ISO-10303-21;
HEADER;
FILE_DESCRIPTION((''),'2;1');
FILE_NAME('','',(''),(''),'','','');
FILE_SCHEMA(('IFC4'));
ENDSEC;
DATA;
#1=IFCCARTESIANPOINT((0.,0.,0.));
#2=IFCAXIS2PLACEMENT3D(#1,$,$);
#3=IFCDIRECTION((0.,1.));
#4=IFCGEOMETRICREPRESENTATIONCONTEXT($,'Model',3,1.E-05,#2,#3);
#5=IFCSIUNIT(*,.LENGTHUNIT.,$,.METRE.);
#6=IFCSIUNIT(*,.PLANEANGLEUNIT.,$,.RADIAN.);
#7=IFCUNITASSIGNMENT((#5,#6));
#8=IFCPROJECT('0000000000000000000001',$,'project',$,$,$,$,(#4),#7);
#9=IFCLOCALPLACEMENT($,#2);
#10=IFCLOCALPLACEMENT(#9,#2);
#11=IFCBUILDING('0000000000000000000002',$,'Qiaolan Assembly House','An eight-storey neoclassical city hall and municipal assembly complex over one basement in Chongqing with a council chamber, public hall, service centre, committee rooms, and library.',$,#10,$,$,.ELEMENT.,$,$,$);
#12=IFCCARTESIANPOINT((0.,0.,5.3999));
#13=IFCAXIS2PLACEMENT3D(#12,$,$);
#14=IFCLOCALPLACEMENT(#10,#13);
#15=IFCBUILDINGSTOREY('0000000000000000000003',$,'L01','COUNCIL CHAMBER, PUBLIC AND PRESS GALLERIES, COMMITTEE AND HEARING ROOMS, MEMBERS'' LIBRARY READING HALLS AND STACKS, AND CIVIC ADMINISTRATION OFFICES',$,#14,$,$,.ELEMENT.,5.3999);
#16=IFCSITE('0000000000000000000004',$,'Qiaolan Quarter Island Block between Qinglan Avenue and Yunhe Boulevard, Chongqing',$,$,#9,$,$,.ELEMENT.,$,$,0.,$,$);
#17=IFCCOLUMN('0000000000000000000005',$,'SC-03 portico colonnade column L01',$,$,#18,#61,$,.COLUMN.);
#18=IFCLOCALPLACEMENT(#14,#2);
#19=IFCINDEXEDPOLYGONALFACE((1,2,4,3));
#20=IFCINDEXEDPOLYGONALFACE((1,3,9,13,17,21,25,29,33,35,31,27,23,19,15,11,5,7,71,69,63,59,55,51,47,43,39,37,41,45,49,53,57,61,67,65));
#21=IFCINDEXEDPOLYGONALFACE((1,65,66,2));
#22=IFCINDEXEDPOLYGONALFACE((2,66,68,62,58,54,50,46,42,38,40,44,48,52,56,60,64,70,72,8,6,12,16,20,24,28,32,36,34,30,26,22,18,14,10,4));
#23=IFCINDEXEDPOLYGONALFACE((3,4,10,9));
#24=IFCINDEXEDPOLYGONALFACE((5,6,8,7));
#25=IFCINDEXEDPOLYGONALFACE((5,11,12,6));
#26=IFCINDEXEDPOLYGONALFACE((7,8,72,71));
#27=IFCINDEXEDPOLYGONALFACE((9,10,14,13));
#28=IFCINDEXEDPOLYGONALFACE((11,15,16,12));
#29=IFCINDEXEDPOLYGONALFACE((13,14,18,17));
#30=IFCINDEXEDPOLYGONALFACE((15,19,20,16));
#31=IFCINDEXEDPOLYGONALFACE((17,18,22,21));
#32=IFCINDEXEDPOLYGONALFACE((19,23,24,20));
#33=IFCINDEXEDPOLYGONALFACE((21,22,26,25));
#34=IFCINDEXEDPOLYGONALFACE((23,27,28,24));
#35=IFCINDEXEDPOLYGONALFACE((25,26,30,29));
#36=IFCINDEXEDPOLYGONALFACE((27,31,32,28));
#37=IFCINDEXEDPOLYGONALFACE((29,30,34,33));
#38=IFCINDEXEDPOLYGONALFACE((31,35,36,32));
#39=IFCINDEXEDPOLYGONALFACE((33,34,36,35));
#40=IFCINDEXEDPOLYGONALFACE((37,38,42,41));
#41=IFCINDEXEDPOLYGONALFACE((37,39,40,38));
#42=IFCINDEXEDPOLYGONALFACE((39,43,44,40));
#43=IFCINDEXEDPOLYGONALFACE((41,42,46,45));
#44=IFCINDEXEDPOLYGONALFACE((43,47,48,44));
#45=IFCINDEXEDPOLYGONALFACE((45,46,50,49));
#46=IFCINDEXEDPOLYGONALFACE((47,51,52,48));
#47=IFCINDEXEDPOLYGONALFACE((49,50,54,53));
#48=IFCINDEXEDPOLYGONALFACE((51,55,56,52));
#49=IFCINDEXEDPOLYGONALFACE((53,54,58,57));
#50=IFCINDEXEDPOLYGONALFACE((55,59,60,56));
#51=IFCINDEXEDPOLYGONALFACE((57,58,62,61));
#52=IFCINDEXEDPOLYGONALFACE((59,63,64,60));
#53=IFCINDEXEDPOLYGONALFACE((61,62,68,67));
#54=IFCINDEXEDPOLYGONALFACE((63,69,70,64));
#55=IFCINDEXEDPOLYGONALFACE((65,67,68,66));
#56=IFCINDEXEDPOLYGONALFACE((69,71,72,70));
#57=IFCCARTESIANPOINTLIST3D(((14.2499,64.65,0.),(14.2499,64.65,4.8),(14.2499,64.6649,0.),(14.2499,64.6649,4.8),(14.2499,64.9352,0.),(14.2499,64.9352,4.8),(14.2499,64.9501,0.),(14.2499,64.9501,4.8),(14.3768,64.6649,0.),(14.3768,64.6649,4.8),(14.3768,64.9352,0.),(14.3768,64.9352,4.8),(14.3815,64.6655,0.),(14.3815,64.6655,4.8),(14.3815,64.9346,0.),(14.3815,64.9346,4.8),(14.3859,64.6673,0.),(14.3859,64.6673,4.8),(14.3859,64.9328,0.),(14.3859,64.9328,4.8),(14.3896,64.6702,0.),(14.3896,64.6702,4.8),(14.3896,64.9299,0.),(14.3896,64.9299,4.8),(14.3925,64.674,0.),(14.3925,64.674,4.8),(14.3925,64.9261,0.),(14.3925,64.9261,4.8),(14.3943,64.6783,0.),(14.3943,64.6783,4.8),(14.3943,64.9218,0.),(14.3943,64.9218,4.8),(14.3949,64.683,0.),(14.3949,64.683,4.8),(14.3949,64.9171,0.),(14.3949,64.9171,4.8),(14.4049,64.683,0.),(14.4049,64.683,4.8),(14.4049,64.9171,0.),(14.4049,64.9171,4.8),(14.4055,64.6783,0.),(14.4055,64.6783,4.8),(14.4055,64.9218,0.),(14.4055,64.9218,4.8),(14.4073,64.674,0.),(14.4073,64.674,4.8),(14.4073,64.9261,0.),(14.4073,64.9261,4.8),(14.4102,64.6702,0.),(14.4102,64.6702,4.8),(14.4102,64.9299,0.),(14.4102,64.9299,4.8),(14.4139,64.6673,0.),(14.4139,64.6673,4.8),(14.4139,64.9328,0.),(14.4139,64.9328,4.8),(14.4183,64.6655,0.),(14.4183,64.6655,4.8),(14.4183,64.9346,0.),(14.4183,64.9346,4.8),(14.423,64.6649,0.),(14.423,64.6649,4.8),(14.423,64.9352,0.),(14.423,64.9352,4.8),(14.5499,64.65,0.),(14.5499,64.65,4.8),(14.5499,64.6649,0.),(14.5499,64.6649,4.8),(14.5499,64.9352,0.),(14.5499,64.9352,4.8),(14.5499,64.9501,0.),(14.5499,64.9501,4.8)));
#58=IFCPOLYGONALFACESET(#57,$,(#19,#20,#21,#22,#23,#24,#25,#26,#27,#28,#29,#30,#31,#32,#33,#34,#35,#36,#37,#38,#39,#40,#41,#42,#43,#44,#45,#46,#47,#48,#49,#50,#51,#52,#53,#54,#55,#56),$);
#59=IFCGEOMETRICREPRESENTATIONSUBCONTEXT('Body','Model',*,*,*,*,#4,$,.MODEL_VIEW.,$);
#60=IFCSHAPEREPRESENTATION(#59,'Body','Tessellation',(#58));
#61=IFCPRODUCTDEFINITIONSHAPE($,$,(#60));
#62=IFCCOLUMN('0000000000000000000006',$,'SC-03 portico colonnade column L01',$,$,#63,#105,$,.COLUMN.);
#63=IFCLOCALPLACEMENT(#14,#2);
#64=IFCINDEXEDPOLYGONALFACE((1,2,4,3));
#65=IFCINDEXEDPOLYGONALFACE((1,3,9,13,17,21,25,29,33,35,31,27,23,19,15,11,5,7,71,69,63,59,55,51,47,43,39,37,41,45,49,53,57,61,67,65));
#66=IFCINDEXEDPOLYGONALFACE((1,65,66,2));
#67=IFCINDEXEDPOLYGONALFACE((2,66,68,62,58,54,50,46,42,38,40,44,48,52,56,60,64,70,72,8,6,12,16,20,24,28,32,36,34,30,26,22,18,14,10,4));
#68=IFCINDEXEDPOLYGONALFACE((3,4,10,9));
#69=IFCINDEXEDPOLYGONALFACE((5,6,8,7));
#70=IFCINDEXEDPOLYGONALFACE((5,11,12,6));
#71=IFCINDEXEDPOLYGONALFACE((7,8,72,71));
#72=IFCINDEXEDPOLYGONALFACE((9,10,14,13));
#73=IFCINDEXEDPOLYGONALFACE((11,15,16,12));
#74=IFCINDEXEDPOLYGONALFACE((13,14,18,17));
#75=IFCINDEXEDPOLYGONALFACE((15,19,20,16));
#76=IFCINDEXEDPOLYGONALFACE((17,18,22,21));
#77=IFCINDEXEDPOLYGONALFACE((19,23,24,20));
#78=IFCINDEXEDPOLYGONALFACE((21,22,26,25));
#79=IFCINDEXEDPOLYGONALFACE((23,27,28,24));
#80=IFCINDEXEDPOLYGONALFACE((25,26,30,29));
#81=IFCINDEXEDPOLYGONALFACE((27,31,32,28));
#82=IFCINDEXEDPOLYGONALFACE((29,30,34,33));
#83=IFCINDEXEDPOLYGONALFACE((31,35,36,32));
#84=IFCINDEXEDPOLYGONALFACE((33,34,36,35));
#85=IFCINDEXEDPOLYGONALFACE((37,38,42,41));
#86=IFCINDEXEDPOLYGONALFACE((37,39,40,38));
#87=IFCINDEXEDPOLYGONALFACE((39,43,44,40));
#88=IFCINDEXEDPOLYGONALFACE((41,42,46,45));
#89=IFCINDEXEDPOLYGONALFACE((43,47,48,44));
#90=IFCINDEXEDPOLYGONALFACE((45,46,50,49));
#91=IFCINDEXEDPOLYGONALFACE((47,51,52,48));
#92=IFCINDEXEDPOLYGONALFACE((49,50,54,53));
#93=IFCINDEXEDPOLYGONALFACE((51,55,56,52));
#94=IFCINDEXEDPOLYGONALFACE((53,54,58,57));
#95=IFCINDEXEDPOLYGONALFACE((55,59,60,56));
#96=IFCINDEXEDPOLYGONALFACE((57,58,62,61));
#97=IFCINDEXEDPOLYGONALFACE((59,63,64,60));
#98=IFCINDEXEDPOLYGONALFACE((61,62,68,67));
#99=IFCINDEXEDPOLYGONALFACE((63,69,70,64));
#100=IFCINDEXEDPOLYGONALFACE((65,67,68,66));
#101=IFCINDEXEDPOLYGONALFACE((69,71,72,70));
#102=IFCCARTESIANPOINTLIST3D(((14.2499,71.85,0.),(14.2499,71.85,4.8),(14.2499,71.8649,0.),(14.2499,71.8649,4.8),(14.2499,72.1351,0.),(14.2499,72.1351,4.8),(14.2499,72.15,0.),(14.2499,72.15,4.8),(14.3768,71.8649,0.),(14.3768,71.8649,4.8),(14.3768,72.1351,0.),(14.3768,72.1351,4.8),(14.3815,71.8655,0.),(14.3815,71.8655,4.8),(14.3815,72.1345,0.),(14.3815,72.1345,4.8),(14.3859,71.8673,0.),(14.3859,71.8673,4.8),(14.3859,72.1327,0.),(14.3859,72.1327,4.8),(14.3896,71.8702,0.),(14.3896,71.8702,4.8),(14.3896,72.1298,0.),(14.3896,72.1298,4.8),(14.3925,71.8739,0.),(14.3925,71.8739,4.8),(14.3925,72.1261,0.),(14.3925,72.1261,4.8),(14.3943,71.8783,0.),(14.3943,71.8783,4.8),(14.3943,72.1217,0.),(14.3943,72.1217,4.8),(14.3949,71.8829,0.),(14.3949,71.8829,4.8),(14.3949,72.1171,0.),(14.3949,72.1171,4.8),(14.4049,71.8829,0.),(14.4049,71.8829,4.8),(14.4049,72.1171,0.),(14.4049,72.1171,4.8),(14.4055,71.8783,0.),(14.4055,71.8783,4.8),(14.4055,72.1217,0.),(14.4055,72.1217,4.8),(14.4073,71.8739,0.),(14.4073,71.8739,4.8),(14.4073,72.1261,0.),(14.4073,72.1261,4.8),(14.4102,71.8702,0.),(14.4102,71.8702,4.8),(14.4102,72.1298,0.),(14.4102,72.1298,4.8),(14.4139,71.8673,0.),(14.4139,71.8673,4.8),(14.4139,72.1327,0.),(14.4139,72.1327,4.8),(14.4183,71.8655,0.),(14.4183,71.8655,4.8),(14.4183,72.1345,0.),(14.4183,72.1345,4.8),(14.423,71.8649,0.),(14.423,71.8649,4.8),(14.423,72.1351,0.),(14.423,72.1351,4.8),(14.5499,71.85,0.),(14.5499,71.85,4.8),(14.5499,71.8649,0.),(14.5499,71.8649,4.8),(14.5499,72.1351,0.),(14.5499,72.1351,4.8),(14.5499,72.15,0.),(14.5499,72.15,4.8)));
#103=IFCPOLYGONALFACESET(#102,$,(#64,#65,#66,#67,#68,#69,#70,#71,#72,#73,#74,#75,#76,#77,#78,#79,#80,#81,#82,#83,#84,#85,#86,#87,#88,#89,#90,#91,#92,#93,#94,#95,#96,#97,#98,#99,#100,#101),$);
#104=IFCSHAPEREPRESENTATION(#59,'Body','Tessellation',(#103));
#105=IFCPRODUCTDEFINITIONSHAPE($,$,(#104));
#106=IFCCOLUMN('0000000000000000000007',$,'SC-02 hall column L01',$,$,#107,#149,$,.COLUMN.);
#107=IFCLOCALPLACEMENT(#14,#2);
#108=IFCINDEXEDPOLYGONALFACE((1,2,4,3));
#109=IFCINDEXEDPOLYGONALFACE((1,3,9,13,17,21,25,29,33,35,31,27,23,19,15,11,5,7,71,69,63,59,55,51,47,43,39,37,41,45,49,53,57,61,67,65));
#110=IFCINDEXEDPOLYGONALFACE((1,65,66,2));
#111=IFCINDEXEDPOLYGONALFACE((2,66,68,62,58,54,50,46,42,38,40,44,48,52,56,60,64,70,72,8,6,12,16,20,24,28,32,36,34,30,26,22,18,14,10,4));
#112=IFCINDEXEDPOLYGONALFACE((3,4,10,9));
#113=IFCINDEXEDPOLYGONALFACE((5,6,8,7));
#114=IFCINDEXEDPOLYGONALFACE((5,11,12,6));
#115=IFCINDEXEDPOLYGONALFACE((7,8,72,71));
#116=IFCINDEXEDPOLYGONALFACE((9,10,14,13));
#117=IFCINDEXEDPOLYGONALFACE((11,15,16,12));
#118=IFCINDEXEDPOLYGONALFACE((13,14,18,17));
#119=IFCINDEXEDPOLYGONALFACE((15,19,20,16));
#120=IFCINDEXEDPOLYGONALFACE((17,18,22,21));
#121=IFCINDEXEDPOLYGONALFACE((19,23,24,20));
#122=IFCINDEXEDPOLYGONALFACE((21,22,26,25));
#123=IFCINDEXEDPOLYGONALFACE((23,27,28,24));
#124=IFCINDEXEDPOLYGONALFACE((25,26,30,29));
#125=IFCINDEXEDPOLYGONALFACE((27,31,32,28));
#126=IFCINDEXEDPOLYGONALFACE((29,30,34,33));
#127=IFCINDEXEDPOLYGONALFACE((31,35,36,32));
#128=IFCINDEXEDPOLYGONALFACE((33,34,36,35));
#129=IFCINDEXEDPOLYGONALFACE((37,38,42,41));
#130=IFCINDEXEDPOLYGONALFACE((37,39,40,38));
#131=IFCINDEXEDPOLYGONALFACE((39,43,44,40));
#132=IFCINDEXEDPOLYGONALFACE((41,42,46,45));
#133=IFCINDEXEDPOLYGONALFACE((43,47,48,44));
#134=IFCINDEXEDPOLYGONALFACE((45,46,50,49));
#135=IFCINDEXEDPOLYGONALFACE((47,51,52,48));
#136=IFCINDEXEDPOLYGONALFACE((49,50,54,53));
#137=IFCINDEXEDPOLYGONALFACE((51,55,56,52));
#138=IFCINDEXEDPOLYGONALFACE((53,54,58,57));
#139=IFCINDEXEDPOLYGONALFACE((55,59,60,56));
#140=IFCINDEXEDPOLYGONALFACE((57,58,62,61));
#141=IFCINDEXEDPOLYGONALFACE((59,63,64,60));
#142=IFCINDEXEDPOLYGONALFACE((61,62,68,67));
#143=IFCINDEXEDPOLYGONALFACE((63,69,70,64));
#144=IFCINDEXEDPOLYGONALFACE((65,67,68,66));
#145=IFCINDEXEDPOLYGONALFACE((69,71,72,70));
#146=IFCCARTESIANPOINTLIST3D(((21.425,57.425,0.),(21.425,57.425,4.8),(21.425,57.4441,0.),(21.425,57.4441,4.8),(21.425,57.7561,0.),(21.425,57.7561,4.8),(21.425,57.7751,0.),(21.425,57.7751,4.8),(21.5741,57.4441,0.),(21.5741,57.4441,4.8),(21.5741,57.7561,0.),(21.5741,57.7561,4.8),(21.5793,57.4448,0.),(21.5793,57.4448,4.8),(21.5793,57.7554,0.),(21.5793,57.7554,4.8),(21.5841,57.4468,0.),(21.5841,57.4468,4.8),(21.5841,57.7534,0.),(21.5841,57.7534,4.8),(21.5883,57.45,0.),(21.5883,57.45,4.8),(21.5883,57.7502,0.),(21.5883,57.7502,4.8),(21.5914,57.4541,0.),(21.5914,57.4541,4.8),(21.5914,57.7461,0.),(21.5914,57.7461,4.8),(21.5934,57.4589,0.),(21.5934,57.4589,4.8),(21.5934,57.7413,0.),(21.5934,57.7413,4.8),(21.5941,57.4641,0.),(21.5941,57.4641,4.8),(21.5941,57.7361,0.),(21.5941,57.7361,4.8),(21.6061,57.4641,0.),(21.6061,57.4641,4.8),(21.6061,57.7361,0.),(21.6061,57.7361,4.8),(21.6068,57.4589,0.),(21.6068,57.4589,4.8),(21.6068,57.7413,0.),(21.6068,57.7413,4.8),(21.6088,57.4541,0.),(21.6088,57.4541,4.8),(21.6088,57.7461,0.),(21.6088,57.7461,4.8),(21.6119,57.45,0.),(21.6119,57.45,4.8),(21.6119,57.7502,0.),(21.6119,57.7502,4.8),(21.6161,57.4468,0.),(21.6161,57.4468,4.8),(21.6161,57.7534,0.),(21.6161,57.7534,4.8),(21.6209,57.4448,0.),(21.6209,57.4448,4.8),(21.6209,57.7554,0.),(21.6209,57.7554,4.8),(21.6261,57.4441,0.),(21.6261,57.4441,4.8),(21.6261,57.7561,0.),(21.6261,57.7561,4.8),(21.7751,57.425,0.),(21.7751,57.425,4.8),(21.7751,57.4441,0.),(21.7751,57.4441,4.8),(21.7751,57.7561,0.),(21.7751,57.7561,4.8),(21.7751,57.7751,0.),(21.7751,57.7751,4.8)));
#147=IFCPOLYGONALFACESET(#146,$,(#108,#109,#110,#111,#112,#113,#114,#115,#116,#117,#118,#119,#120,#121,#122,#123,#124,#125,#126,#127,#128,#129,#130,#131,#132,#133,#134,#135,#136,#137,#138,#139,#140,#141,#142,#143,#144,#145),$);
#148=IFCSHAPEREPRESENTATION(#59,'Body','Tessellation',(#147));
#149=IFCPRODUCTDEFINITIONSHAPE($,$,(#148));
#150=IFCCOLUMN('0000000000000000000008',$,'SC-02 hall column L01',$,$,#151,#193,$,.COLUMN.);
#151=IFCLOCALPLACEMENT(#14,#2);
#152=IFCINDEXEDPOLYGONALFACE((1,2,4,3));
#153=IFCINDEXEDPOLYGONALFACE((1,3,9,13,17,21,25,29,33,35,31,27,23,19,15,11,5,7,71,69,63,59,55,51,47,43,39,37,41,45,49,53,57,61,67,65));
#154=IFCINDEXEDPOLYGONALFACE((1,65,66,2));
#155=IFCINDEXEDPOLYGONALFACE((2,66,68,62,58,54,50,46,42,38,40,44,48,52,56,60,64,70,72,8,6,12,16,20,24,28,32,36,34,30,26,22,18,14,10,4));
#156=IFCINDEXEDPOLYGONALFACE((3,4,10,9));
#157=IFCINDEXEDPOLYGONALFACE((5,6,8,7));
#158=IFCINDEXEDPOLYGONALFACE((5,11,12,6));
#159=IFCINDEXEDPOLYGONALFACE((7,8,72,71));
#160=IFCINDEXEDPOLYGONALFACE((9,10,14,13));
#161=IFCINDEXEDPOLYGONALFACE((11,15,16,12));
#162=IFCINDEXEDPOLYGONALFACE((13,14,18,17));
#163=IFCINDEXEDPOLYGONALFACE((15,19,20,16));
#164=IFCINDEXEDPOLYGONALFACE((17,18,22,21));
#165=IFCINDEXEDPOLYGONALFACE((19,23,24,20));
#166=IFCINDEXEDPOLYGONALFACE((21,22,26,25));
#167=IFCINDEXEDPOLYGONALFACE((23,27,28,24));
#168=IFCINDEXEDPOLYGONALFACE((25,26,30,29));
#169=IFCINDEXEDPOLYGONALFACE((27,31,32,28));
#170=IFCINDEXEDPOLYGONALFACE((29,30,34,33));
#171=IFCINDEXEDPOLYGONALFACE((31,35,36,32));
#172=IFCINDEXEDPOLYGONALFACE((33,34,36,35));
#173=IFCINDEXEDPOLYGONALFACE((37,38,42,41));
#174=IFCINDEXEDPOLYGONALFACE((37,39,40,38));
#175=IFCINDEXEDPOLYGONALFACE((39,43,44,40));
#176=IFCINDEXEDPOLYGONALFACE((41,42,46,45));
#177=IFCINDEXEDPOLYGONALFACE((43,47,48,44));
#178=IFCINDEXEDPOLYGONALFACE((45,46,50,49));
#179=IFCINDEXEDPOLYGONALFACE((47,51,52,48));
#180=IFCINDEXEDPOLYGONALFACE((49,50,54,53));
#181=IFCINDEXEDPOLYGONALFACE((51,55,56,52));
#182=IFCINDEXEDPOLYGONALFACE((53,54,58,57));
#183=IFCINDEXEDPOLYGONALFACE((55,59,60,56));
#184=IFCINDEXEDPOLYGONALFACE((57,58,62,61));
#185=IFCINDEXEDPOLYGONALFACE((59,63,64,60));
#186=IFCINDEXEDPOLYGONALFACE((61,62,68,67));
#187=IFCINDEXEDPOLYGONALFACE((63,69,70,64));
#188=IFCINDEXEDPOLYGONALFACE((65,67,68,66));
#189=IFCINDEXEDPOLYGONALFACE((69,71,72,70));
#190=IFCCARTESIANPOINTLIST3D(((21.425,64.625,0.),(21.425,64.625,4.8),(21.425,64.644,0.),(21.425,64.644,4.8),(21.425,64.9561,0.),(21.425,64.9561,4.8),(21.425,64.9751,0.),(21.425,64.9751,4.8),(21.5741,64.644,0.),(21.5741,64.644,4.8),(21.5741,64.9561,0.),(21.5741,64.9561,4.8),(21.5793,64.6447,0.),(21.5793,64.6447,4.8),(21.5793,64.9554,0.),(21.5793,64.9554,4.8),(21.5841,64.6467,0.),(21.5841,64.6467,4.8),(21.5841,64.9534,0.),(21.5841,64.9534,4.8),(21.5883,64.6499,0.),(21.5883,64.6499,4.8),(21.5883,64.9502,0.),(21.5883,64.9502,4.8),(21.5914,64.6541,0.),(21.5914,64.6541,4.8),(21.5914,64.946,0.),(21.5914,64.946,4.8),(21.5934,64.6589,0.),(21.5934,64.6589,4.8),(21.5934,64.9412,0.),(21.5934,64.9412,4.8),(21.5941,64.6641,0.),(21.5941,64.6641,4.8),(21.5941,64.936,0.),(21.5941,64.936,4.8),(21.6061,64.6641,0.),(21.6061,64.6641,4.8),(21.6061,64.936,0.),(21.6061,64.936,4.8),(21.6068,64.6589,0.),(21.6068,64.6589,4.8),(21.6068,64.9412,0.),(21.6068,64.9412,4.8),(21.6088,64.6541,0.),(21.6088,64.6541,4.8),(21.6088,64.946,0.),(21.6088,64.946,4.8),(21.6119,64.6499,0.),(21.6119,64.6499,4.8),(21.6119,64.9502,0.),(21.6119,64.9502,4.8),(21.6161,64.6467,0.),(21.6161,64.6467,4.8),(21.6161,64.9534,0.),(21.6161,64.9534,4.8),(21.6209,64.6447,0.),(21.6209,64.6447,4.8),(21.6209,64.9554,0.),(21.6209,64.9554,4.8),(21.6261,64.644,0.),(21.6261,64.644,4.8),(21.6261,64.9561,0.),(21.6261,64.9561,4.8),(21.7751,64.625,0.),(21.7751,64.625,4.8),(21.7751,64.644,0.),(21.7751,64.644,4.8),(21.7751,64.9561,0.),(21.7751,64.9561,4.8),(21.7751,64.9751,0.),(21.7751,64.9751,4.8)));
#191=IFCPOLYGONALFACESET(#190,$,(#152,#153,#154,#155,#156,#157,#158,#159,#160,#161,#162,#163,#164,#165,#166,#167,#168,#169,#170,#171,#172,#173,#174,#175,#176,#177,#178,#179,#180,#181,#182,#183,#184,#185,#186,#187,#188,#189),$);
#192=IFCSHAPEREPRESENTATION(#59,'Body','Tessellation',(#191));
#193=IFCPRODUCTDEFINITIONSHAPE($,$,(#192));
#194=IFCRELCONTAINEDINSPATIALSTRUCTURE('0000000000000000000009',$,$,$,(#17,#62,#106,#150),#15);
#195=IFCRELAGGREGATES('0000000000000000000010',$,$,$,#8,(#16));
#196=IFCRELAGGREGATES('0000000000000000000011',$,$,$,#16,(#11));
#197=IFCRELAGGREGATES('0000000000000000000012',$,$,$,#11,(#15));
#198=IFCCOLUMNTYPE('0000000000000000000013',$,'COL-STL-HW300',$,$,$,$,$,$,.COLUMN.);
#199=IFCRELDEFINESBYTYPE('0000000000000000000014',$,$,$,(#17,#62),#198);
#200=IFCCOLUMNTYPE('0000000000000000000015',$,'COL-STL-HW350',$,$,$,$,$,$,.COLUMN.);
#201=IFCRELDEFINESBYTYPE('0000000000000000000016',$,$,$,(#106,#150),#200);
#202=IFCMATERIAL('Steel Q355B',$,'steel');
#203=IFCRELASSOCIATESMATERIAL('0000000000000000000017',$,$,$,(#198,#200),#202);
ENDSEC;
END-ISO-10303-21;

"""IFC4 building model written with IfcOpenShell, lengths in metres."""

from ifc_helpers import new_model, si_unit, direction, frame, origin, origin_2d, place, context, subcontext, project, spatial, i_section, extrude, material, material_profile, profile_set, type_object, element, save


model = new_model("IFC4")

# Units and contexts
model_context = context("Model", 3, precision=1e-05, world=origin(), true_north=direction((0.0, 1.0)))
body_context = subcontext(model_context, "Body", "Model", "MODEL_VIEW")
ifc_project = project(units=[si_unit("LENGTHUNIT", "METRE"), si_unit("PLANEANGLEUNIT", "RADIAN")], contexts=[model_context])

# Site, building, storey
site_placement = place(None, origin())
site = spatial("IfcSite", under=ifc_project, at=site_placement, Name="Qiaolan Quarter Island Block between Qinglan Avenue and Yunhe Boulevard, Chongqing", CompositionType="ELEMENT", RefElevation=0.0)
building_placement = place(site_placement, origin())
building = spatial("IfcBuilding", under=site, at=building_placement, Name="Qiaolan Assembly House", Description="An eight-storey neoclassical city hall and municipal assembly complex over one basement in Chongqing with a council chamber, public hall, service centre, committee rooms, and library.", CompositionType="ELEMENT")
storey_placement = place(building_placement, frame((0.0, 0.0, 5.3999)))
storey = spatial("IfcBuildingStorey", under=building, at=storey_placement, Name="L01", Description="COUNCIL CHAMBER, PUBLIC AND PRESS GALLERIES, COMMITTEE AND HEARING ROOMS, MEMBERS' LIBRARY READING HALLS AND STACKS, AND CIVIC ADMINISTRATION OFFICES", CompositionType="ELEMENT", Elevation=5.3999)

# Columns
ifc_material_1 = material(Name="Steel Q355B", Category="steel")
ifc_material_profile_1 = material_profile(ifc_material_1, i_section(OverallWidth=0.3, OverallDepth=0.3, WebThickness=0.01, FlangeThickness=0.0149, FilletRadius=0.0181, at=origin_2d()), Name="HW 300x300x10x15")
ifc_profile_set_1 = profile_set([ifc_material_profile_1], Name="Steel Q355B")
column_type_1 = type_object("IfcColumnType", Name="COL-STL-HW300", PredefinedType="COLUMN", material=ifc_profile_set_1)
for number, where, z_axis, x_axis, name in (
    (1, (14.3999, 64.8, 0.0), (0.0, 0.0, 1.0), (1.0, 0.0, 0.0), "SC-03 portico colonnade column L01"),
    (2, (14.3999, 72.0, 0.0), (0.0, 0.0, 1.0), (1.0, 0.0, 0.0), "SC-03 portico colonnade column L01"),
):
    element("IfcColumn", number, at=place(storey_placement, frame(where, z_axis=z_axis, x_axis=x_axis)), inside=storey, type_object=column_type_1, Name=name, PredefinedType="COLUMN", context=body_context, shape_type="SweptSolid", body=[
        extrude(i_section(OverallWidth=0.3, OverallDepth=0.3, WebThickness=0.01, FlangeThickness=0.0149, FilletRadius=0.0181, at=origin_2d()), origin(), (0.0, 0.0, 1.0), 4.8),
    ])
ifc_material_profile_2 = material_profile(ifc_material_1, i_section(OverallWidth=0.3501, OverallDepth=0.3501, WebThickness=0.012, FlangeThickness=0.019, FilletRadius=0.02, at=origin_2d()), Name="HW 350x350x12x19")
ifc_profile_set_2 = profile_set([ifc_material_profile_2], Name="Steel Q355B")
column_type_2 = type_object("IfcColumnType", Name="COL-STL-HW350", PredefinedType="COLUMN", material=ifc_profile_set_2)
for number, where, z_axis, x_axis, name in (
    (3, (21.6001, 57.6001, 0.0), (0.0, 0.0, 1.0), (1.0, 0.0, 0.0), "SC-02 hall column L01"),
    (4, (21.6001, 64.8, 0.0), (0.0, 0.0, 1.0), (1.0, 0.0, 0.0), "SC-02 hall column L01"),
):
    element("IfcColumn", number, at=place(storey_placement, frame(where, z_axis=z_axis, x_axis=x_axis)), inside=storey, type_object=column_type_2, Name=name, PredefinedType="COLUMN", context=body_context, shape_type="SweptSolid", body=[
        extrude(i_section(OverallWidth=0.3501, OverallDepth=0.3501, WebThickness=0.012, FlangeThickness=0.019, FilletRadius=0.02, at=origin_2d()), origin(), (0.0, 0.0, 1.0), 4.8),
    ])

save(model, "model.ifc")
